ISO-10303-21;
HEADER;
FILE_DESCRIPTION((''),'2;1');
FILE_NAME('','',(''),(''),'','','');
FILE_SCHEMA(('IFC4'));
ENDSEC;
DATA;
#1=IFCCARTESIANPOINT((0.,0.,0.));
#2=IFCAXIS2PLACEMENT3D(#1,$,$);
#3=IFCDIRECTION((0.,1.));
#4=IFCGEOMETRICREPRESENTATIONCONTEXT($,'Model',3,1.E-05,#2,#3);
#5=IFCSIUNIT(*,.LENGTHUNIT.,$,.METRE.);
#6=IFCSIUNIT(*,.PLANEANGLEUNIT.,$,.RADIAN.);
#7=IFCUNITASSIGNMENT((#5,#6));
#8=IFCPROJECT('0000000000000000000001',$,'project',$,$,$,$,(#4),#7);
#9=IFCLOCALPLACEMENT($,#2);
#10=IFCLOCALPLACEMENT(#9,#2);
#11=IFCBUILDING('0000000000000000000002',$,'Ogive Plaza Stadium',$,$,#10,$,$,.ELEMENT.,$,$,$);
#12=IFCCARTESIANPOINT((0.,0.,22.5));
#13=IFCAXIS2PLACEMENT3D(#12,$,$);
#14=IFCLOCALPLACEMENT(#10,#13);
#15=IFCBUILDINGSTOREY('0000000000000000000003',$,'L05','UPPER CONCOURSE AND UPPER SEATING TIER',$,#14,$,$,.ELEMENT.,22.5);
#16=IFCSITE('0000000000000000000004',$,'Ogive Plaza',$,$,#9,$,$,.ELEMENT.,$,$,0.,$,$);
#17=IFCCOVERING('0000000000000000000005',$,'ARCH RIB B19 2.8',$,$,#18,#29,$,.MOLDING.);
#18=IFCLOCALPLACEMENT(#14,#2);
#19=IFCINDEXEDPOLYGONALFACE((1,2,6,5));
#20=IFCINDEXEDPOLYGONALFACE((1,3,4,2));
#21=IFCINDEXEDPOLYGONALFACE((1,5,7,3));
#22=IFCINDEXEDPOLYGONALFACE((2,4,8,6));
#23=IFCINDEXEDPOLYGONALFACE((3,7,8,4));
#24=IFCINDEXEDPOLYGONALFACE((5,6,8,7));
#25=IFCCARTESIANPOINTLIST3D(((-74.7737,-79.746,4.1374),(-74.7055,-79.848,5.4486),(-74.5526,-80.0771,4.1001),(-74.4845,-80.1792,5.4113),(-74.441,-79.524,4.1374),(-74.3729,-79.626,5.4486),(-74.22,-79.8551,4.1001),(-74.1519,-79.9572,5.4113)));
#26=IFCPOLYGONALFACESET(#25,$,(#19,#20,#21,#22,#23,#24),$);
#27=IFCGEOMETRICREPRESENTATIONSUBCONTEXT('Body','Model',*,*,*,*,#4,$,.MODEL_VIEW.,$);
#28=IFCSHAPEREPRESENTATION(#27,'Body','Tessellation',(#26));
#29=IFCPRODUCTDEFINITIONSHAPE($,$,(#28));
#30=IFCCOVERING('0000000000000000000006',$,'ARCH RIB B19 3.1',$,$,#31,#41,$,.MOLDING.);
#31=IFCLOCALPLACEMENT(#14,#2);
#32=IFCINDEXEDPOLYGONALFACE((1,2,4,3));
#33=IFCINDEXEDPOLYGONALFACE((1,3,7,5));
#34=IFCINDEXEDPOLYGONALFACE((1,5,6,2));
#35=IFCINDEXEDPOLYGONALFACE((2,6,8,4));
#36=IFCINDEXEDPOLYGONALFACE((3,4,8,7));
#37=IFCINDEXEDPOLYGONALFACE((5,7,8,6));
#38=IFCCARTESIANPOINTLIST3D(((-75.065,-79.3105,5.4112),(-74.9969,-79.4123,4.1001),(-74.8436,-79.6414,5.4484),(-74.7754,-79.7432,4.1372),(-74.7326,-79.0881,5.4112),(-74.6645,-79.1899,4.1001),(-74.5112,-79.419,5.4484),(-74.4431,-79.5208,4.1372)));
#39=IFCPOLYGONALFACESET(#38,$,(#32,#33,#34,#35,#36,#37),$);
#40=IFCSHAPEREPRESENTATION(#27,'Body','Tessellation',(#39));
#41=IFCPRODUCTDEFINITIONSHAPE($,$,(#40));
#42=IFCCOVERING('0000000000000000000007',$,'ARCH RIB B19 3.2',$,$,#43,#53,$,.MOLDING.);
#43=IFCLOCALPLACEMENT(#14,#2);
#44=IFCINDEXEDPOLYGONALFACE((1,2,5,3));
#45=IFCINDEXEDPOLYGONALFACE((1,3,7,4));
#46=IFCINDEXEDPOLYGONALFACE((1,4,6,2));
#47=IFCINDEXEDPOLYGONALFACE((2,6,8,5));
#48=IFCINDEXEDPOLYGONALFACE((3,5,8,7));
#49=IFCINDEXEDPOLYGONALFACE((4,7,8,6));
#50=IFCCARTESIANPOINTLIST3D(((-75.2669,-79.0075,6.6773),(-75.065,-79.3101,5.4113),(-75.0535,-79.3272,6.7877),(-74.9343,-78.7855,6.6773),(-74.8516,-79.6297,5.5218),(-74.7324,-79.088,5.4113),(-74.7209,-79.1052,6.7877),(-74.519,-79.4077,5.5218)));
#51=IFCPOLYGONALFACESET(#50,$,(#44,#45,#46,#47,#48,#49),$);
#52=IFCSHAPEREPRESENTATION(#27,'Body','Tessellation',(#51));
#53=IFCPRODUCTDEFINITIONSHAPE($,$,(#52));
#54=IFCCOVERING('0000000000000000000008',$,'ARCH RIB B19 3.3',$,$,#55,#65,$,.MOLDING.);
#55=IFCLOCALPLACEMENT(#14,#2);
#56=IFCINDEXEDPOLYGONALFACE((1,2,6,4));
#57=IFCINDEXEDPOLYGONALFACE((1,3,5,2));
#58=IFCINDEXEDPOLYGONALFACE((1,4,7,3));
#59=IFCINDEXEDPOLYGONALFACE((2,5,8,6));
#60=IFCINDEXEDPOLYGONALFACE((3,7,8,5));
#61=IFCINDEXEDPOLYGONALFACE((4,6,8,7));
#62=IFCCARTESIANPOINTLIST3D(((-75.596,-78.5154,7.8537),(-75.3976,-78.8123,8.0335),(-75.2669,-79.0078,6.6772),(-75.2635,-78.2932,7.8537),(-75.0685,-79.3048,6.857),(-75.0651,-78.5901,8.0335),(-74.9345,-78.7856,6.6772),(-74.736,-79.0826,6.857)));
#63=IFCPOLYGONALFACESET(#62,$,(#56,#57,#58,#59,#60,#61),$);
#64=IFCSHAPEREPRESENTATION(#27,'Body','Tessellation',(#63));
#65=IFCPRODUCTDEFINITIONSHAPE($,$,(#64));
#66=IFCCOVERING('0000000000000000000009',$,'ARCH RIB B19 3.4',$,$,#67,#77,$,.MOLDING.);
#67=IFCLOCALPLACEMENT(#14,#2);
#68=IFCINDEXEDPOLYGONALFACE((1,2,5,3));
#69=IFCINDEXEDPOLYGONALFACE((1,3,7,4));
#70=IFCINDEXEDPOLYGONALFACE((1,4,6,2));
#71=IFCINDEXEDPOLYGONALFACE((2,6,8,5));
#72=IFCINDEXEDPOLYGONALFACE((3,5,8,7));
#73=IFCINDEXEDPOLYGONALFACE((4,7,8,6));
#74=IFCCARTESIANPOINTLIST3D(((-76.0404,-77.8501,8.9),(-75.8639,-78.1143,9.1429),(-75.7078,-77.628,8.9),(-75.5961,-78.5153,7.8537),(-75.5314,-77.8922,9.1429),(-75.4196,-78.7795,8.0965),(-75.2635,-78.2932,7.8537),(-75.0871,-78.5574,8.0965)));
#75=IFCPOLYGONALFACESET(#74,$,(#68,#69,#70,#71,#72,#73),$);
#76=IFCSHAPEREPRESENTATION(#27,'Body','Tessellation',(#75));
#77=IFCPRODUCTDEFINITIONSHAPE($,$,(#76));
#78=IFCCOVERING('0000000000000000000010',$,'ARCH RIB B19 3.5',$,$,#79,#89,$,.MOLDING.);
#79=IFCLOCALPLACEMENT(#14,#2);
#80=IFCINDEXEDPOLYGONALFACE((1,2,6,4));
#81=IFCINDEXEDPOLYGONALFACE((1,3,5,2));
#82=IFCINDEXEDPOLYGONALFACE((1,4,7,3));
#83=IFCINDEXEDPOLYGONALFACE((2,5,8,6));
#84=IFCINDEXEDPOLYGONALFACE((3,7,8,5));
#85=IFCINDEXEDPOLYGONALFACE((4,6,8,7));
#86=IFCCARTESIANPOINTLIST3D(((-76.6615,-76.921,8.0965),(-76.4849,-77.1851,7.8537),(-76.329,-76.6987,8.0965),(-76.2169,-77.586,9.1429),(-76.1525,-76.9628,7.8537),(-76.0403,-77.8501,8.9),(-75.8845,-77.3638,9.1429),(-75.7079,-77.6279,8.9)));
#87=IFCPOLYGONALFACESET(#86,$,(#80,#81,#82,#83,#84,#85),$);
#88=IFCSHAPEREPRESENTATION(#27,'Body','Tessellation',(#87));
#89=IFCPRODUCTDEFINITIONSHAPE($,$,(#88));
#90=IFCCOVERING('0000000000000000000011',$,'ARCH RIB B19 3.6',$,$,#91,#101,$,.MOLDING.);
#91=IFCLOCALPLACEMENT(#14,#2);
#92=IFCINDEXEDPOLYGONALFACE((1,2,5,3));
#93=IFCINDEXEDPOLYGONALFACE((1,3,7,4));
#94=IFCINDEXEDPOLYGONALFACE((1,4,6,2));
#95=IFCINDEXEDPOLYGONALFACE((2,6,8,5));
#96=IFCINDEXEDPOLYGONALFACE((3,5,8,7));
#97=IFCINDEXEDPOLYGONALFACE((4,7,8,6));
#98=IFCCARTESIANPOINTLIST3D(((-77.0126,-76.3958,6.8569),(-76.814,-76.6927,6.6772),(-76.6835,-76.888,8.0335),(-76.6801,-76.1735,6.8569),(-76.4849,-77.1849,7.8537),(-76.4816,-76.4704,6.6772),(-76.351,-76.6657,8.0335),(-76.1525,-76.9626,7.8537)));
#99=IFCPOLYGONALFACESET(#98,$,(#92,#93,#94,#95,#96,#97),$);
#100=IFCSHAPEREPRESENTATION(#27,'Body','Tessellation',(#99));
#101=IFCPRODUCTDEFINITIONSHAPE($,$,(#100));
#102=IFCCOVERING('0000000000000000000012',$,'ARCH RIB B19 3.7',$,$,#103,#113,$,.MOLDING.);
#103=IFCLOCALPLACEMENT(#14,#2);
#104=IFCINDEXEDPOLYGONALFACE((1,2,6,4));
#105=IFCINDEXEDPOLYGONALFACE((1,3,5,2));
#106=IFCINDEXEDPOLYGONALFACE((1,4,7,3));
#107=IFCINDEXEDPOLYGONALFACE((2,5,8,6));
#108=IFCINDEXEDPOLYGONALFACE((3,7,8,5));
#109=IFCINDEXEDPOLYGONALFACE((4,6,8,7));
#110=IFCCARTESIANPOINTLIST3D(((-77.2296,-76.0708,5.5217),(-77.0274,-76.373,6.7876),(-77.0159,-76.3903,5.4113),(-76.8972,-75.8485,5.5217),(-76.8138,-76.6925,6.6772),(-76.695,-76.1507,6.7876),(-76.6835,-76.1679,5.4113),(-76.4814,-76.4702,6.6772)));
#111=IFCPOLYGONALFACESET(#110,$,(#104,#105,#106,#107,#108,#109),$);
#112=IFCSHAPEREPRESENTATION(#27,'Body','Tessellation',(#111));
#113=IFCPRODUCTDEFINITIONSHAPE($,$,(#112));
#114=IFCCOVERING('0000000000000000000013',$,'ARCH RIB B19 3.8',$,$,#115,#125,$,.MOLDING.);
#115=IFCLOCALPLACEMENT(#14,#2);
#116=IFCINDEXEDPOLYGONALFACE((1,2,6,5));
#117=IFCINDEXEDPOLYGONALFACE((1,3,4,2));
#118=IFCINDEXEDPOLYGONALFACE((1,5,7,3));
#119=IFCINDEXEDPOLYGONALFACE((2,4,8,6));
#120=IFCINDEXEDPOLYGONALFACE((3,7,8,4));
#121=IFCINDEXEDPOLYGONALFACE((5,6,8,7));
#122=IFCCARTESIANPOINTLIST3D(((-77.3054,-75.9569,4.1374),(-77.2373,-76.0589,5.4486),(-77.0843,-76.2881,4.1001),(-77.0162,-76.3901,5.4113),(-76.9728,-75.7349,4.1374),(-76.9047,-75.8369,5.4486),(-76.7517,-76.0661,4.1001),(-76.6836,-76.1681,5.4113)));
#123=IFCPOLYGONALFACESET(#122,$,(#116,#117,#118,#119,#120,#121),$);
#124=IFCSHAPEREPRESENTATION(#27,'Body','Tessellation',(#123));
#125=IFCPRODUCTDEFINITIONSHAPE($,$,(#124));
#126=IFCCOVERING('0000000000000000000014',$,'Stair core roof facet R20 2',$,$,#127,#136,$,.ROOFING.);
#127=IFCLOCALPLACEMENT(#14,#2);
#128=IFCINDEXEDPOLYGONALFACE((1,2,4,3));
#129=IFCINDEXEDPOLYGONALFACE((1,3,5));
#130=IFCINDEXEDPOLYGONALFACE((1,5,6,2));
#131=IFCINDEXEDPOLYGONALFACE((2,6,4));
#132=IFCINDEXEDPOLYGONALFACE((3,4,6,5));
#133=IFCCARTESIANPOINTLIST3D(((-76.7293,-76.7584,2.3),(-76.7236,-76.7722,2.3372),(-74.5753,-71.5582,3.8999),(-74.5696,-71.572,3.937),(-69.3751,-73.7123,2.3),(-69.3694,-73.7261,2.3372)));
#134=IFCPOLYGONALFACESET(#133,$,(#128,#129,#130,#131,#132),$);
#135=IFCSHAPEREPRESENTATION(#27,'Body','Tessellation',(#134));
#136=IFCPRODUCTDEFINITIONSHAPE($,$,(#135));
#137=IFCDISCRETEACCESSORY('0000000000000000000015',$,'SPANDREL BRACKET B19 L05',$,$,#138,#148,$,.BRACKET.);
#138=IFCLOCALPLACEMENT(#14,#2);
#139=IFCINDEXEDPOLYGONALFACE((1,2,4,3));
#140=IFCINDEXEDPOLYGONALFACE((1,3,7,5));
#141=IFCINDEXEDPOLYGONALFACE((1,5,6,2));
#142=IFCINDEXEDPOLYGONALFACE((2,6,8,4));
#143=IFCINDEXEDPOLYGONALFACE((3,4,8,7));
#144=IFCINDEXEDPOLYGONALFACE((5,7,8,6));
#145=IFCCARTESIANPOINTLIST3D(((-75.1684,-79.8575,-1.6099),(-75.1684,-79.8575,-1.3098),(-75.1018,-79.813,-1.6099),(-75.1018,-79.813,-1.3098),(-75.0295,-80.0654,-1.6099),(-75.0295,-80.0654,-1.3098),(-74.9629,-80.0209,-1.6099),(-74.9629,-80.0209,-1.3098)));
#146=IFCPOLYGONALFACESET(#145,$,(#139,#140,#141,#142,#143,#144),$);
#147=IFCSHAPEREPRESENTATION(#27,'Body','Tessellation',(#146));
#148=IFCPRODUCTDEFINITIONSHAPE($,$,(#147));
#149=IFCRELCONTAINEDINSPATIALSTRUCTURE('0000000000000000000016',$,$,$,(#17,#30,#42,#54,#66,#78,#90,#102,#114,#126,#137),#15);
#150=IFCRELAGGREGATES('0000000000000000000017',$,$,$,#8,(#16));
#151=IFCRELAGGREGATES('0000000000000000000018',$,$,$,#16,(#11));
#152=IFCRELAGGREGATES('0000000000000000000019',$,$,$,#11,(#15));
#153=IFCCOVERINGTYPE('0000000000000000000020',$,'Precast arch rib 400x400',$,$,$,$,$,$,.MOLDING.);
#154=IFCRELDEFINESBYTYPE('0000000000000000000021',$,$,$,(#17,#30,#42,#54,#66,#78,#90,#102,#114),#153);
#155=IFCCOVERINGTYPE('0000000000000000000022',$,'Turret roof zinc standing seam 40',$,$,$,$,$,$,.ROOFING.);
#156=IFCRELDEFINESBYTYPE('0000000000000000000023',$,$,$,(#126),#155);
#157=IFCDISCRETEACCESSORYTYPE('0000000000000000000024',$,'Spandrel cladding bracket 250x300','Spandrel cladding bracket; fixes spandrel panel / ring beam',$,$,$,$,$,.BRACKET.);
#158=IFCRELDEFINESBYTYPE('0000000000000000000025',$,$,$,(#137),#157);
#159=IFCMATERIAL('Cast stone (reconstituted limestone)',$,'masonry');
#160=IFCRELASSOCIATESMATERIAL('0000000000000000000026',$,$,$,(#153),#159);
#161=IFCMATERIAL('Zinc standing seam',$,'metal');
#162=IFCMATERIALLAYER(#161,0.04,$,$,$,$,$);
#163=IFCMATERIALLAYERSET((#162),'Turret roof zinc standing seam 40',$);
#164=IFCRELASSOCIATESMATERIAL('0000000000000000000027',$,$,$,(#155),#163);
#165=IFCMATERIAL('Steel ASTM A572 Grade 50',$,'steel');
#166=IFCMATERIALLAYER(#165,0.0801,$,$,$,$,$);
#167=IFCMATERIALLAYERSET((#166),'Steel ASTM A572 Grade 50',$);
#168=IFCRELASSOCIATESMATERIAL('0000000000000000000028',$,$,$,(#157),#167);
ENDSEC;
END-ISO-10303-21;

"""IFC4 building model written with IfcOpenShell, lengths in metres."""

from ifc_helpers import new_model, si_unit, direction, frame, origin, origin_2d, place, context, subcontext, project, spatial, polyline, rectangle, outline, extrude, material, layer, layer_set, material_profile, profile_set, type_object, element, save


model = new_model("IFC4")

# Units and contexts
model_context = context("Model", 3, precision=1e-05, world=origin(), true_north=direction((0.0, 1.0)))
body_context = subcontext(model_context, "Body", "Model", "MODEL_VIEW")
ifc_project = project(units=[si_unit("LENGTHUNIT", "METRE"), si_unit("PLANEANGLEUNIT", "RADIAN")], contexts=[model_context])

# Site, building, storey
site_placement = place(None, origin())
site = spatial("IfcSite", under=ifc_project, at=site_placement, Name="Ogive Plaza", CompositionType="ELEMENT", RefElevation=0.0)
building_placement = place(site_placement, origin())
building = spatial("IfcBuilding", under=site, at=building_placement, Name="Ogive Plaza Stadium", CompositionType="ELEMENT")
storey_placement = place(building_placement, frame((0.0, 0.0, 22.5)))
storey = spatial("IfcBuildingStorey", under=building, at=storey_placement, Name="L05", Description="UPPER CONCOURSE AND UPPER SEATING TIER", CompositionType="ELEMENT", Elevation=22.5)

# Coverings
ifc_material_1 = material(Name="Cast stone (reconstituted limestone)", Category="masonry")
ifc_material_profile_1 = material_profile(ifc_material_1, rectangle(XDim=0.3999, YDim=0.3999, at=origin_2d()), Name="Cast stone 400x400")
ifc_profile_set_1 = profile_set([ifc_material_profile_1], Name="Cast stone (reconstituted limestone)")
covering_type_1 = type_object("IfcCoveringType", Name="Precast arch rib 400x400", PredefinedType="MOLDING", material=ifc_profile_set_1)
for number, where, z_axis, x_axis, name in (
    (1, (-74.4287, -79.9026, 5.4299), (-0.05172, 0.077487, -0.995651), (-0.831744, -0.555159, 0.0), "ARCH RIB B19 2.8"),
    (2, (-74.72, -79.4666, 4.1187), (-0.05172, 0.077303, 0.995665), (-0.831129, -0.556079, 0.0), "ARCH RIB B19 3.1"),
):
    element("IfcCovering", number, at=place(storey_placement, frame(where, z_axis=z_axis, x_axis=x_axis)), inside=storey, type_object=covering_type_1, Name=name, PredefinedType="MOLDING", context=body_context, shape_type="SweptSolid", body=[
        extrude(rectangle(XDim=0.3999, YDim=0.3999, at=origin_2d()), origin(), (0.0, 0.0, 1.0), 1.3169),
    ])
for number, where, z_axis, x_axis, name in (
    (3, (-74.792, -79.3589, 5.4666), (-0.153297, 0.229668, 0.96112), (-0.83174, -0.555165, 0.0), "ARCH RIB B19 3.2"),
    (4, (-75.0015, -79.0452, 6.7671), (-0.249852, 0.373851, 0.893202), (-0.831416, -0.555651, 0.0), "ARCH RIB B19 3.3"),
    (5, (-75.3416, -78.5364, 7.9751), (-0.337339, 0.505082, 0.794415), (-0.831581, -0.555404, 0.0), "ARCH RIB B19 3.4"),
    (6, (-75.9624, -77.6069, 9.0215), (-0.337535, 0.504912, -0.794439), (-0.831345, -0.555756, 0.0), "ARCH RIB B19 3.5"),
    (7, (-76.418, -76.9253, 7.9436), (-0.249869, 0.373692, -0.893264), (-0.831288, -0.555842, 0.0), "ARCH RIB B19 3.6"),
    (8, (-76.7544, -76.4216, 6.7324), (-0.153485, 0.229486, -0.961134), (-0.831223, -0.555939, 0.0), "ARCH RIB B19 3.7"),
):
    element("IfcCovering", number, at=place(storey_placement, frame(where, z_axis=z_axis, x_axis=x_axis)), inside=storey, type_object=covering_type_1, Name=name, PredefinedType="MOLDING", context=body_context, shape_type="SweptSolid", body=[
        extrude(rectangle(XDim=0.3999, YDim=0.3999, at=origin_2d()), origin(), (0.0, 0.0, 1.0), 1.3171),
    ])
covering_1_placement = place(storey_placement, frame((-76.9604, -76.1135, 5.4299), z_axis=(-0.05172, 0.077487, -0.995651), x_axis=(-0.831744, -0.555159, 0.0)))
element("IfcCovering", 9, at=covering_1_placement, inside=storey, type_object=covering_type_1, Name="ARCH RIB B19 3.8", PredefinedType="MOLDING", context=body_context, shape_type="SweptSolid", body=[
    extrude(rectangle(XDim=0.3999, YDim=0.3999, at=origin_2d()), origin(), (0.0, 0.0, 1.0), 1.3169),
])
ifc_material_2 = material(Name="Zinc standing seam", Category="metal")
ifc_layer_1 = layer(ifc_material_2, 0.04)
ifc_layer_set_1 = layer_set([ifc_layer_1], Name="Turret roof zinc standing seam 40")
covering_type_2 = type_object("IfcCoveringType", Name="Turret roof zinc standing seam 40", PredefinedType="ROOFING", material=ifc_layer_set_1)
covering_2_placement = place(storey_placement, frame((-76.7236, -76.7722, 2.3372), z_axis=(0.142723, -0.344574, 0.927846), x_axis=(0.923883, 0.382674, 0.0)))
element("IfcCovering", 10, at=covering_2_placement, inside=storey, type_object=covering_type_2, Name="Stair core roof facet R20 2", PredefinedType="ROOFING", context=body_context, shape_type="SweptSolid", body=[
    extrude(outline(polyline([(0.0, 0.0), (7.9601, 0.0), (3.9801, 4.2896), (0.0, 0.0)])), origin(), (0.0, 0.0, -1.0), 0.04),
])

# Discrete accessory
ifc_material_3 = material(Name="Steel ASTM A572 Grade 50", Category="steel")
ifc_layer_2 = layer(ifc_material_3, 0.0801)
ifc_layer_set_2 = layer_set([ifc_layer_2], Name="Steel ASTM A572 Grade 50")
discrete_accessory_type = type_object("IfcDiscreteAccessoryType", Name="Spandrel cladding bracket 250x300", Description="Spandrel cladding bracket; fixes spandrel panel / ring beam", PredefinedType="BRACKET", material=ifc_layer_set_2)
discrete_accessory_placement = place(storey_placement, frame((-75.0657, -79.9392, -1.6099), z_axis=(0.0, 0.0, 1.0), x_axis=(-0.55557, 0.83147, 0.0)))
element("IfcDiscreteAccessory", 11, at=discrete_accessory_placement, inside=storey, type_object=discrete_accessory_type, Name="SPANDREL BRACKET B19 L05", PredefinedType="BRACKET", context=body_context, shape_type="SweptSolid", body=[
    extrude(rectangle(XDim=0.25, YDim=0.0801, at=origin_2d()), origin(), (0.0, 0.0, 1.0), 0.3),
])

save(model, "model.ifc")
